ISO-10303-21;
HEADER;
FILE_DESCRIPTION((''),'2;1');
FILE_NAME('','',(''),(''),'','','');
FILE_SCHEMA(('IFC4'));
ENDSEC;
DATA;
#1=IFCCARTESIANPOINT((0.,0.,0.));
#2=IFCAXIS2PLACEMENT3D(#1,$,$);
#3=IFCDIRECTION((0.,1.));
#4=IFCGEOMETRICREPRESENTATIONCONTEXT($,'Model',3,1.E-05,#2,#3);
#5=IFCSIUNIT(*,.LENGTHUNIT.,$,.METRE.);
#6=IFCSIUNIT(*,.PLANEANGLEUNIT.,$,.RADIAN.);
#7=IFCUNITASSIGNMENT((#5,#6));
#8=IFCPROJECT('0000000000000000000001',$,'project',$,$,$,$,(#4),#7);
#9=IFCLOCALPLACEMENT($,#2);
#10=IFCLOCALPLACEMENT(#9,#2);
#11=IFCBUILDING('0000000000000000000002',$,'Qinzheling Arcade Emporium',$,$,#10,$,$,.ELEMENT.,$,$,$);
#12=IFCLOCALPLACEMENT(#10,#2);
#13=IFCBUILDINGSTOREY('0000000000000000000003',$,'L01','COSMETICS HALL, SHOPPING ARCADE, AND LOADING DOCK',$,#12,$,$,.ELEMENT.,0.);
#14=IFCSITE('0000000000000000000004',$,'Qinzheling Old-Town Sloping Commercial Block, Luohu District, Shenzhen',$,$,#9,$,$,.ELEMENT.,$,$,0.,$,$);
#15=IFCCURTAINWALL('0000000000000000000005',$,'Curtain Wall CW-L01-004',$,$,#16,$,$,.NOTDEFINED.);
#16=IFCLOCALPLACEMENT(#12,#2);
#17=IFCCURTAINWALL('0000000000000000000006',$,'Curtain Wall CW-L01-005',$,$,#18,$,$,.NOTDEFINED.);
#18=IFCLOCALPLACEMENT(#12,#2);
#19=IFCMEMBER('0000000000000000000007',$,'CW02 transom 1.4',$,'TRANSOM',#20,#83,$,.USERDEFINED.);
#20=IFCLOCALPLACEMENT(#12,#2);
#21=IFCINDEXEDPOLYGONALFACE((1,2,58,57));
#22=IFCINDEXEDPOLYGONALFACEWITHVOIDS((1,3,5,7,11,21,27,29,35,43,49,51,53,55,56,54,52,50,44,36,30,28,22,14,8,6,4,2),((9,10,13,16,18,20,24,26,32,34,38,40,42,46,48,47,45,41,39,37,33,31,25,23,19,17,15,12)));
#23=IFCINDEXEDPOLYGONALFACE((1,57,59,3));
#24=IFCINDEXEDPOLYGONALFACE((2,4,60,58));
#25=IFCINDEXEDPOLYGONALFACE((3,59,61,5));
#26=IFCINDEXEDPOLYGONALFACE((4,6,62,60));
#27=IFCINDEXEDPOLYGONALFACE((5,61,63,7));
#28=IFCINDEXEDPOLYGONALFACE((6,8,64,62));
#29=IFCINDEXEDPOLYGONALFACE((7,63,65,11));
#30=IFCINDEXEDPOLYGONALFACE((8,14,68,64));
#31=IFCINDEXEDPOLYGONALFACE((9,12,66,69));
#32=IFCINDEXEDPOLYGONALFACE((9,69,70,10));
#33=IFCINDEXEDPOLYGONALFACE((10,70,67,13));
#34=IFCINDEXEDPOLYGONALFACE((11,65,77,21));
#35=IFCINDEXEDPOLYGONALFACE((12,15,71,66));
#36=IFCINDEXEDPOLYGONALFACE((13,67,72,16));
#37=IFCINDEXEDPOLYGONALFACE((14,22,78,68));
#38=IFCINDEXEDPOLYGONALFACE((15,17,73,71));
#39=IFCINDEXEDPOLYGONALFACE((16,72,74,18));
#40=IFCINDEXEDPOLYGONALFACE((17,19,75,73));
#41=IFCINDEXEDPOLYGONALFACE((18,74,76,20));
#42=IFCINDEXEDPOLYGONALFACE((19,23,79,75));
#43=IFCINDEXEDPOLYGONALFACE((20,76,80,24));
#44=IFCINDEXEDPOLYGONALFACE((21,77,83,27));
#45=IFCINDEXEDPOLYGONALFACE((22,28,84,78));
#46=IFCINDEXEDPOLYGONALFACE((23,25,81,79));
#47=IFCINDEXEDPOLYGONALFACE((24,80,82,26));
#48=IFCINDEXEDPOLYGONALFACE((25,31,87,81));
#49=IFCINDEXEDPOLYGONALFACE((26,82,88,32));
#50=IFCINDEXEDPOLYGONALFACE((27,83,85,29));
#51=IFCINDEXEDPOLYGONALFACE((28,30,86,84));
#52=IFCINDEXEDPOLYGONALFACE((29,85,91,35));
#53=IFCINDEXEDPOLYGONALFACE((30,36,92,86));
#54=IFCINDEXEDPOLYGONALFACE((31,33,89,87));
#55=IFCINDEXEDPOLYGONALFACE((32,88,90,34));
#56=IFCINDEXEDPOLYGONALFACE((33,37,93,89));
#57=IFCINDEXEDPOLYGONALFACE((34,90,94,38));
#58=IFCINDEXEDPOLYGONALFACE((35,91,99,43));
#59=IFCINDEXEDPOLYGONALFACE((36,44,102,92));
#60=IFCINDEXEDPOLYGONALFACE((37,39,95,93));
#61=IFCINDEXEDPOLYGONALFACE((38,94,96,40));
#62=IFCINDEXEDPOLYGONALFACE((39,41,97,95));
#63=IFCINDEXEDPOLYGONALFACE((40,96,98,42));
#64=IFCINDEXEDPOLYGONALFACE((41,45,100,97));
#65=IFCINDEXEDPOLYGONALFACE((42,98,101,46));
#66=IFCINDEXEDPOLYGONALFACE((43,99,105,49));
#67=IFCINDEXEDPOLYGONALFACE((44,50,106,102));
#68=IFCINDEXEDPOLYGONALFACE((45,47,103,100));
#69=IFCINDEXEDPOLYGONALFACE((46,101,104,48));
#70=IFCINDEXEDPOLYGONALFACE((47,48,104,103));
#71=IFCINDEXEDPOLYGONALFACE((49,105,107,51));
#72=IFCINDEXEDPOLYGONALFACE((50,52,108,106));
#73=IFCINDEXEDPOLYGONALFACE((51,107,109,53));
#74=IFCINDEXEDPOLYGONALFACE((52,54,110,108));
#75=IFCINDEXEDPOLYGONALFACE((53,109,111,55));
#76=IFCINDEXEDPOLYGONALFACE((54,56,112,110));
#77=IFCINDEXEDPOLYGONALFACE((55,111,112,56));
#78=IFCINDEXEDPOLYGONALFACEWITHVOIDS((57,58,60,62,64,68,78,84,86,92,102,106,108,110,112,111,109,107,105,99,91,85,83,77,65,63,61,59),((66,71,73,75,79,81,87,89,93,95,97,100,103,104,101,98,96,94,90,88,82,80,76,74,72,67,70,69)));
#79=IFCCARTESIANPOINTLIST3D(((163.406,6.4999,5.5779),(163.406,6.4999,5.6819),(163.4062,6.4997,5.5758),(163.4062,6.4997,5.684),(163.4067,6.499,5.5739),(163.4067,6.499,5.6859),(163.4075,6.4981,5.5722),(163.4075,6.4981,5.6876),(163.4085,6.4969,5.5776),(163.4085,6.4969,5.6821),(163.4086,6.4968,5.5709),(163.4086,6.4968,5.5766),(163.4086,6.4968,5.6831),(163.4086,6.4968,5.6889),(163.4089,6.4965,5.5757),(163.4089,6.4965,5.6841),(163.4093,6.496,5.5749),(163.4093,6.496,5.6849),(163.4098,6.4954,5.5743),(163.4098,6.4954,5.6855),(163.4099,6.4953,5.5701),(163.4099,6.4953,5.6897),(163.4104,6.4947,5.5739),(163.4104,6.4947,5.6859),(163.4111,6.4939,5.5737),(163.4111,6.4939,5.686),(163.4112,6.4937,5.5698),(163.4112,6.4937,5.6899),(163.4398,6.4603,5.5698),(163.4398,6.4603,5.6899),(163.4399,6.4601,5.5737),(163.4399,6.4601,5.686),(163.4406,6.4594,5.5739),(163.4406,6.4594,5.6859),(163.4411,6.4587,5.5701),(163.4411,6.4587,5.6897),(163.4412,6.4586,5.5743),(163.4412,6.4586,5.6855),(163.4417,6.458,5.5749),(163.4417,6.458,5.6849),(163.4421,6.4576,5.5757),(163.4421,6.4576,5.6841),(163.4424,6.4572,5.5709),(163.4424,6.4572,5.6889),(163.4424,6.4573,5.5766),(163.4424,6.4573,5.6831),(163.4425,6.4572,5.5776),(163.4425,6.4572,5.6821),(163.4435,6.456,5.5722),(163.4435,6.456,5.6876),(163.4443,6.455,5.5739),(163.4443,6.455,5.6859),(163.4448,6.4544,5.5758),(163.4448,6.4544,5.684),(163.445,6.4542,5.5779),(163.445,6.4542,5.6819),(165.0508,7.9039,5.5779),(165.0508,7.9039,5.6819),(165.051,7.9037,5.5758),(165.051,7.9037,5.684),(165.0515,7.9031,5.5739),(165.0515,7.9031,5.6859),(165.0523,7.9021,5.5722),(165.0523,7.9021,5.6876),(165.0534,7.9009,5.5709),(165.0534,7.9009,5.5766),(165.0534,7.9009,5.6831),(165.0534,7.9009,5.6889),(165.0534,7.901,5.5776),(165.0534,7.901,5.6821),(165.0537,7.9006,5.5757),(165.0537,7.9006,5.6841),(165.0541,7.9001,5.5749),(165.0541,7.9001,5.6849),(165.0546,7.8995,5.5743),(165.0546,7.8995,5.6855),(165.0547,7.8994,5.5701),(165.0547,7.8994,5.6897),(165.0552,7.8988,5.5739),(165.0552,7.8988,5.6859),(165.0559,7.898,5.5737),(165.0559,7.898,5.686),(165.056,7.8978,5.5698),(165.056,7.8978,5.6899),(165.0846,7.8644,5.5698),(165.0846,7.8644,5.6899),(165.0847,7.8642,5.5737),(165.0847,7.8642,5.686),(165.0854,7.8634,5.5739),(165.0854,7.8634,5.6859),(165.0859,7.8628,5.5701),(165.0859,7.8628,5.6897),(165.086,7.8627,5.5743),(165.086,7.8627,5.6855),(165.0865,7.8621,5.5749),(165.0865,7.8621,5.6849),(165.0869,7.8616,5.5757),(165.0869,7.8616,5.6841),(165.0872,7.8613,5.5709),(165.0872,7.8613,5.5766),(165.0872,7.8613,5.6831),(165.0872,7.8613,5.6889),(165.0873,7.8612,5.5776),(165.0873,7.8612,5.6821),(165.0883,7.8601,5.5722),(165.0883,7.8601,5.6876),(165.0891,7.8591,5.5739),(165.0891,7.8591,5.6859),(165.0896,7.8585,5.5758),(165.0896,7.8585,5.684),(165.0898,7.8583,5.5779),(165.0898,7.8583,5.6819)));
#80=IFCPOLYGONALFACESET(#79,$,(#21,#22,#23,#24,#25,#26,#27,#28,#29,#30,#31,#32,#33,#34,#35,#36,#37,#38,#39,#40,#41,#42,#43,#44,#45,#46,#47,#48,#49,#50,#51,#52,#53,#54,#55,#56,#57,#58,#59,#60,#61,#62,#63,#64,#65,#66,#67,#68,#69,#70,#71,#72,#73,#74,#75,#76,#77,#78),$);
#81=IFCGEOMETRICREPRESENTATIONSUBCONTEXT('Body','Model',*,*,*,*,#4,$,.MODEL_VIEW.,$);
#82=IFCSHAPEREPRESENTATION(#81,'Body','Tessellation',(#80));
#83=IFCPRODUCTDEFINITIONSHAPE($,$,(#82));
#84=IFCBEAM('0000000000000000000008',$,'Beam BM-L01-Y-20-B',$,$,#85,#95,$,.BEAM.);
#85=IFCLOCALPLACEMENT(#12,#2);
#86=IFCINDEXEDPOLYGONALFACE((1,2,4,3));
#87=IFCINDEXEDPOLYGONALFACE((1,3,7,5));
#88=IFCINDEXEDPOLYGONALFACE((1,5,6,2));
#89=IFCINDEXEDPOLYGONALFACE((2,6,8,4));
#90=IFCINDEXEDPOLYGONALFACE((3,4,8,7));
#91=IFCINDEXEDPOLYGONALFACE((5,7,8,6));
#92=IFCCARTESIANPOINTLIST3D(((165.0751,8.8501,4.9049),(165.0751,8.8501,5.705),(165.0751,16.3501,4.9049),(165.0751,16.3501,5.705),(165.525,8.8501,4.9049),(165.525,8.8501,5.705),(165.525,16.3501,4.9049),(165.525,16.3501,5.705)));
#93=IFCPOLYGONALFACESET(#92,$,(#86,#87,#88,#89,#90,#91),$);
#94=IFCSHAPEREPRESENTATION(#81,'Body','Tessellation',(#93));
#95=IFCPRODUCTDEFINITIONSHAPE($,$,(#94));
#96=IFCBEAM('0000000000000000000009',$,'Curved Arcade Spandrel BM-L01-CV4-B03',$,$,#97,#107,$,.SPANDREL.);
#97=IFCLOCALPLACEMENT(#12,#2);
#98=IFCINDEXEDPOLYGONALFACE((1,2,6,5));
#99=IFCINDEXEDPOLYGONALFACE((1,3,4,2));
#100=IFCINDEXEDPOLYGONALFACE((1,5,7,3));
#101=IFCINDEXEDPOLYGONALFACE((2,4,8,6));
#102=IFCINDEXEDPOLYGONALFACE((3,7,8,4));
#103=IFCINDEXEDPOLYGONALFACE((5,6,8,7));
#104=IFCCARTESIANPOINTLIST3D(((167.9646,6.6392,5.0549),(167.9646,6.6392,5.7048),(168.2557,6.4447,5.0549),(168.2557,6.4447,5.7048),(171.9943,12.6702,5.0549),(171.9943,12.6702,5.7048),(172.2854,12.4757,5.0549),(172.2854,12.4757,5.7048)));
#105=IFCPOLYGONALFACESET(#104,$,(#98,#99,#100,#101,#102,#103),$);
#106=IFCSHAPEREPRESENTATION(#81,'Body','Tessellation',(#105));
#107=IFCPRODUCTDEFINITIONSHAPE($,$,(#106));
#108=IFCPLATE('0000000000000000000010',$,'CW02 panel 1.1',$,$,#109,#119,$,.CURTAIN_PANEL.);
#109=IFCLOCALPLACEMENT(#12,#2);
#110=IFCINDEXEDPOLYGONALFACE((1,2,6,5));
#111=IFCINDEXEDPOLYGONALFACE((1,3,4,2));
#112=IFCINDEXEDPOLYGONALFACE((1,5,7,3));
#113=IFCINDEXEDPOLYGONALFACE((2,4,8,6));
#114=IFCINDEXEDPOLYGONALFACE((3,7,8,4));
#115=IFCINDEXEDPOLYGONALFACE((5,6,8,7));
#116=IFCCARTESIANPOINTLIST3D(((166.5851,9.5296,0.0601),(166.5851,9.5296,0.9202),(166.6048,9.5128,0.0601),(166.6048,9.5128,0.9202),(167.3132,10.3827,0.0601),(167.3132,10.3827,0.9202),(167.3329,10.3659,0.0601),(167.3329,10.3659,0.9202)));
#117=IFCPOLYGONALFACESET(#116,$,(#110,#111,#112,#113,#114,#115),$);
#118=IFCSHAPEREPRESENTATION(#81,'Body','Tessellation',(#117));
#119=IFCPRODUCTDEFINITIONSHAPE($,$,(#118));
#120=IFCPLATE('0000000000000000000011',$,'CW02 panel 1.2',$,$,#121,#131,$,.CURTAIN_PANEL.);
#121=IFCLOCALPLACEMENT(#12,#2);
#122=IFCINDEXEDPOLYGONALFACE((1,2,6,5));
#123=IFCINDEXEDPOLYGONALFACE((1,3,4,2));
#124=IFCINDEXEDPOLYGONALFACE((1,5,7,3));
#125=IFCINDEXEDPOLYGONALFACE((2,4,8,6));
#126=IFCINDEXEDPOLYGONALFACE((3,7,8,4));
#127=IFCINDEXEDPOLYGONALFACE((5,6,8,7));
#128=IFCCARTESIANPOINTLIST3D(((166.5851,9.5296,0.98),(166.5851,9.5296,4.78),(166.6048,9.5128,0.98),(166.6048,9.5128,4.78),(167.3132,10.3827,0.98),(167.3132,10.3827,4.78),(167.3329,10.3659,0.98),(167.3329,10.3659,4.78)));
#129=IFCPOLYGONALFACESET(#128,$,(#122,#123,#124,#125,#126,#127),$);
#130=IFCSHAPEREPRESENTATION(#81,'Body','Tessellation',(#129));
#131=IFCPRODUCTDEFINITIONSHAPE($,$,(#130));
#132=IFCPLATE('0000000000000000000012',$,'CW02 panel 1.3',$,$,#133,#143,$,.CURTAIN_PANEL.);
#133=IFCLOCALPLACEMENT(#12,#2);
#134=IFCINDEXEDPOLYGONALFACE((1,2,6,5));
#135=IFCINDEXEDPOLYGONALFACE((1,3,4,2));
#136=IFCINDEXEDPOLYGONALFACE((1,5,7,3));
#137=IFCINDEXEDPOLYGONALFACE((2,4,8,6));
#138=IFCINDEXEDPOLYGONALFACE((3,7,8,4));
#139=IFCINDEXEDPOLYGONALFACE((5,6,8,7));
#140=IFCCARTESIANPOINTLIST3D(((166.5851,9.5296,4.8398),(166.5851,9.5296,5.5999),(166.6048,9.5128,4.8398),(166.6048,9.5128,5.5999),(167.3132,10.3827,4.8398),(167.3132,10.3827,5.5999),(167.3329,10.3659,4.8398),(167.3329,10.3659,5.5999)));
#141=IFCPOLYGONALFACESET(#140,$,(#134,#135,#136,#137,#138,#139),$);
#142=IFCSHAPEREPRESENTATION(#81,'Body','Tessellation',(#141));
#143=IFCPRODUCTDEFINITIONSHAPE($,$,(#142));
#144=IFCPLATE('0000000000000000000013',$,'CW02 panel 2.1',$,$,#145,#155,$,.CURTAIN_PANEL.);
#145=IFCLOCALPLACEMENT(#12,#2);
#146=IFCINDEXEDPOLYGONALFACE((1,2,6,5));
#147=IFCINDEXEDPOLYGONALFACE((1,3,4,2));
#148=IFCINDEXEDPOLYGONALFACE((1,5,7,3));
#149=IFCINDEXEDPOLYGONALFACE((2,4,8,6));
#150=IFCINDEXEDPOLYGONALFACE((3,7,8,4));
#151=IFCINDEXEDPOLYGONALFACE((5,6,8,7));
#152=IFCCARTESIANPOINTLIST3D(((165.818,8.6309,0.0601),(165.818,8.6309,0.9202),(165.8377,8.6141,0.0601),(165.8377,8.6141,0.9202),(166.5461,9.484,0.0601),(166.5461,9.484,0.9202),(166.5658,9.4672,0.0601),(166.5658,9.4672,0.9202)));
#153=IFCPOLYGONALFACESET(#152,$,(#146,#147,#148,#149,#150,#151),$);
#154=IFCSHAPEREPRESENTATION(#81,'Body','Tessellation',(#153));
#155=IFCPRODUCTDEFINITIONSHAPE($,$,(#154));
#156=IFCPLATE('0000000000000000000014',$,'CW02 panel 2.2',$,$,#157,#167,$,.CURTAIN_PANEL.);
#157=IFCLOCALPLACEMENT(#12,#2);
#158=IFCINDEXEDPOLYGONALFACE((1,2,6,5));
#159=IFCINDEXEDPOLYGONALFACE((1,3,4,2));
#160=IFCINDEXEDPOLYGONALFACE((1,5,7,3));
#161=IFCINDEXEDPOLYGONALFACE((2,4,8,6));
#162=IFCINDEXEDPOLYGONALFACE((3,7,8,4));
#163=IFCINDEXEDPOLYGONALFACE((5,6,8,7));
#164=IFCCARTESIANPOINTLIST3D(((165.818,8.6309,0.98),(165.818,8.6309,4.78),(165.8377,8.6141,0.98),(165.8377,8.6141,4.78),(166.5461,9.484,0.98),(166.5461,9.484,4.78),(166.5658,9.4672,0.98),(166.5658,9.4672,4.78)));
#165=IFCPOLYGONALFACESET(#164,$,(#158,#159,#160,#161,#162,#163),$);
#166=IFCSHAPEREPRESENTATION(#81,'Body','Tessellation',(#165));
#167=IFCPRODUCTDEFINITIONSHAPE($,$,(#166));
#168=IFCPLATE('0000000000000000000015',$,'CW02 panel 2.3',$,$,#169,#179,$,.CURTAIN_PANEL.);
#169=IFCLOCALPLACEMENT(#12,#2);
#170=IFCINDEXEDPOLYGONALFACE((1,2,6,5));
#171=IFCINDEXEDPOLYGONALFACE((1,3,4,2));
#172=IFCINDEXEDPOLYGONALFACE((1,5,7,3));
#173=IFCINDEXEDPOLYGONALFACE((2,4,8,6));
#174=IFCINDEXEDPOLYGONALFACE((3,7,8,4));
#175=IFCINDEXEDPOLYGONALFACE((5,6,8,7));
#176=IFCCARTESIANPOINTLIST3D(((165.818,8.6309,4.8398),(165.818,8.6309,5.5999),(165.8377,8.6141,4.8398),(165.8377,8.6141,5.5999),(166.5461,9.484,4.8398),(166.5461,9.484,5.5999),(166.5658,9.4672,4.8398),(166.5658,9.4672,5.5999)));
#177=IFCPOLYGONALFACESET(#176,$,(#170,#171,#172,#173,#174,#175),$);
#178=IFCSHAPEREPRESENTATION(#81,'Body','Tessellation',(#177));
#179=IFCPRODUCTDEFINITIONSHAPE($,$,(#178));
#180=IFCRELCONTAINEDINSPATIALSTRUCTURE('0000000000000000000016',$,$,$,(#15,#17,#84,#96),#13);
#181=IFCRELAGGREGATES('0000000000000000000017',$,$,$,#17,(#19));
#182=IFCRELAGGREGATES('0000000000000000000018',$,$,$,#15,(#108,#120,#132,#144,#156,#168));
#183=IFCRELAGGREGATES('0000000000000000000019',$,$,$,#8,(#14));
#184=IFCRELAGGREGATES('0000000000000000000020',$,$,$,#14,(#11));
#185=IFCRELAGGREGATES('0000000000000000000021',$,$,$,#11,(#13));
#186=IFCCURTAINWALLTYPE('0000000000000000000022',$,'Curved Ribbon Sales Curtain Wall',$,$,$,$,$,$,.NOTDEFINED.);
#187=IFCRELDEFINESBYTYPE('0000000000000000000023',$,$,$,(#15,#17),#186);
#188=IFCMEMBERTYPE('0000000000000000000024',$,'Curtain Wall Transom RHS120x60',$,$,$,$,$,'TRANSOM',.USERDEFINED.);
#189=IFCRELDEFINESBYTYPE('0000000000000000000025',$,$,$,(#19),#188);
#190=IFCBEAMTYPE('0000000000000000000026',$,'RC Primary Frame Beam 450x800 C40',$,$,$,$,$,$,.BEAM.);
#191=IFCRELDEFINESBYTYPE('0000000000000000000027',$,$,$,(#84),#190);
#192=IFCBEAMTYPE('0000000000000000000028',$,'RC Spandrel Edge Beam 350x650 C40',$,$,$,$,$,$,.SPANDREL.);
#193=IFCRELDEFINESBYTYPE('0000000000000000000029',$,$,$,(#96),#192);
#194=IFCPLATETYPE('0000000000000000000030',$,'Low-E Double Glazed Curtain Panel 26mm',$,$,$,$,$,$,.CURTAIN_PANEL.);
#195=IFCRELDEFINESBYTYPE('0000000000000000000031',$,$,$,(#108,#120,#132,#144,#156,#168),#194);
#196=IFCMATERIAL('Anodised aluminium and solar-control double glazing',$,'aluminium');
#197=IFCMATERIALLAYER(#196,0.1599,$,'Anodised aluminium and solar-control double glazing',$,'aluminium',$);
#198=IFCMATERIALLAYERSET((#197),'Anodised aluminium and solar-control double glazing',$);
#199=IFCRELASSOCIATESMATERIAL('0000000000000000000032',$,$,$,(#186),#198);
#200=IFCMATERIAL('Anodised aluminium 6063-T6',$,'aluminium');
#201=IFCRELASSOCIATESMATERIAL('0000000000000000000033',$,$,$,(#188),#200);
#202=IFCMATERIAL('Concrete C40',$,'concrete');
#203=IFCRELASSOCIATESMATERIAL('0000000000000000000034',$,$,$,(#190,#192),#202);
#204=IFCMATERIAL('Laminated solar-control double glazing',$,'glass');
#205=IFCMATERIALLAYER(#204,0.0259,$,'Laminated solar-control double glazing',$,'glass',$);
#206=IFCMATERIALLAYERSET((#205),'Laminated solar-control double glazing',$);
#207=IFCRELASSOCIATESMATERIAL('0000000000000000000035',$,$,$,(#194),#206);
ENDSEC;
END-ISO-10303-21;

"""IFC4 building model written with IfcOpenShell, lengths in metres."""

from ifc_helpers import new_model, si_unit, direction, frame, origin, origin_2d, place, context, subcontext, project, spatial, rectangle, hollow_rectangle, extrude, material, layer, layer_set, material_profile, profile_set, type_object, element, aggregate, save


model = new_model("IFC4")

# Units and contexts
model_context = context("Model", 3, precision=1e-05, world=origin(), true_north=direction((0.0, 1.0)))
body_context = subcontext(model_context, "Body", "Model", "MODEL_VIEW")
ifc_project = project(units=[si_unit("LENGTHUNIT", "METRE"), si_unit("PLANEANGLEUNIT", "RADIAN")], contexts=[model_context])

# Site, building, storey
site_placement = place(None, origin())
site = spatial("IfcSite", under=ifc_project, at=site_placement, Name="Qinzheling Old-Town Sloping Commercial Block, Luohu District, Shenzhen", CompositionType="ELEMENT", RefElevation=0.0)
building_placement = place(site_placement, origin())
building = spatial("IfcBuilding", under=site, at=building_placement, Name="Qinzheling Arcade Emporium", CompositionType="ELEMENT")
storey_placement = place(building_placement, origin())
storey = spatial("IfcBuildingStorey", under=building, at=storey_placement, Name="L01", Description="COSMETICS HALL, SHOPPING ARCADE, AND LOADING DOCK", CompositionType="ELEMENT", Elevation=0.0)

# Shared definitions
ifc_material_1 = material(Name="Anodised aluminium and solar-control double glazing", Category="aluminium")
ifc_layer_1 = layer(ifc_material_1, 0.1599, Name="Anodised aluminium and solar-control double glazing", Category="aluminium")
ifc_layer_set_1 = layer_set([ifc_layer_1], Name="Anodised aluminium and solar-control double glazing")
curtain_wall_type = type_object("IfcCurtainWallType", Name="Curved Ribbon Sales Curtain Wall", PredefinedType="NOTDEFINED", material=ifc_layer_set_1)
ifc_material_2 = material(Name="Anodised aluminium 6063-T6", Category="aluminium")

# Curtain wall
curtain_wall_1_placement = place(storey_placement, origin())
curtain_wall_1 = element("IfcCurtainWall", 1, at=curtain_wall_1_placement, inside=storey, type_object=curtain_wall_type, Name="Curtain Wall CW-L01-004", PredefinedType="NOTDEFINED")

# Curtain wall
curtain_wall_2_placement = place(storey_placement, origin())
curtain_wall_2 = element("IfcCurtainWall", 2, at=curtain_wall_2_placement, inside=storey, type_object=curtain_wall_type, Name="Curtain Wall CW-L01-005", PredefinedType="NOTDEFINED")

# Member
ifc_material_profile_1 = material_profile(ifc_material_2, hollow_rectangle(XDim=0.0601, YDim=0.1201, WallThickness=0.0039, InnerFilletRadius=0.0039, OuterFilletRadius=0.0081, at=origin_2d()), Name="RHS 120x60x4", Category="aluminium")
ifc_profile_set_1 = profile_set([ifc_material_profile_1], Name="Anodised aluminium 6063-T6")
member_type_1 = type_object("IfcMemberType", Name="Curtain Wall Transom RHS120x60", ElementType="TRANSOM", PredefinedType="USERDEFINED", material=ifc_profile_set_1)
member_1_placement = place(storey_placement, frame((165.0703, 7.8811, 5.6299), z_axis=(-0.76057, -0.649256, 0.0), x_axis=(0.649256, -0.76057, 0.0)))
member_1 = element("IfcMember", 3, at=member_1_placement, type_object=member_type_1, Name="CW02 transom 1.4", ObjectType="TRANSOM", PredefinedType="USERDEFINED", context=body_context, shape_type="SweptSolid", body=[
    extrude(hollow_rectangle(XDim=0.0601, YDim=0.1201, WallThickness=0.0039, InnerFilletRadius=0.0039, OuterFilletRadius=0.0081, at=origin_2d()), origin(), (0.0, 0.0, 1.0), 2.1626),
])
aggregate(curtain_wall_2, [member_1])

# Beams
ifc_material_3 = material(Name="Concrete C40", Category="concrete")
ifc_material_profile_2 = material_profile(ifc_material_3, rectangle(XDim=0.45, YDim=0.8, at=origin_2d()), Name="RC 450x800", Category="concrete")
ifc_profile_set_2 = profile_set([ifc_material_profile_2], Name="Concrete C40")
beam_type_1 = type_object("IfcBeamType", Name="RC Primary Frame Beam 450x800 C40", PredefinedType="BEAM", material=ifc_profile_set_2)
beam_1_placement = place(storey_placement, frame((165.3, 8.8501, 5.3049), z_axis=(0.0, 1.0, 0.0), x_axis=(-1.0, 0.0, 0.0)))
element("IfcBeam", 4, at=beam_1_placement, inside=storey, type_object=beam_type_1, Name="Beam BM-L01-Y-20-B", PredefinedType="BEAM", context=body_context, shape_type="SweptSolid", body=[
    extrude(rectangle(XDim=0.45, YDim=0.8, at=origin_2d()), origin(), (0.0, 0.0, 1.0), 7.5),
])
ifc_material_profile_3 = material_profile(ifc_material_3, rectangle(XDim=0.3501, YDim=0.6499, at=origin_2d()), Name="RC 350x650", Category="concrete")
ifc_profile_set_3 = profile_set([ifc_material_profile_3], Name="Concrete C40")
beam_type_2 = type_object("IfcBeamType", Name="RC Spandrel Edge Beam 350x650 C40", PredefinedType="SPANDREL", material=ifc_profile_set_3)
beam_2_placement = place(storey_placement, frame((168.1101, 6.542, 5.3799), z_axis=(0.55557, 0.83147, 0.0), x_axis=(-0.83147, 0.55557, 0.0)))
element("IfcBeam", 5, at=beam_2_placement, inside=storey, type_object=beam_type_2, Name="Curved Arcade Spandrel BM-L01-CV4-B03", PredefinedType="SPANDREL", context=body_context, shape_type="SweptSolid", body=[
    extrude(rectangle(XDim=0.3501, YDim=0.6499, at=origin_2d()), origin(), (0.0, 0.0, 1.0), 7.2534),
])

# Plates
ifc_material_4 = material(Name="Laminated solar-control double glazing", Category="glass")
ifc_layer_2 = layer(ifc_material_4, 0.0259, Name="Laminated solar-control double glazing", Category="glass")
ifc_layer_set_2 = layer_set([ifc_layer_2], Name="Laminated solar-control double glazing")
plate_type = type_object("IfcPlateType", Name="Low-E Double Glazed Curtain Panel 26mm", PredefinedType="CURTAIN_PANEL", material=ifc_layer_set_2)
plate_1_placement = place(storey_placement, frame((166.959, 9.9478, 0.0601), z_axis=(0.0, 0.0, 1.0), x_axis=(-0.649193, -0.760624, 0.0)))
plate_1 = element("IfcPlate", 6, at=plate_1_placement, type_object=plate_type, Name="CW02 panel 1.1", PredefinedType="CURTAIN_PANEL", context=body_context, shape_type="SweptSolid", body=[
    extrude(rectangle(XDim=1.1216, YDim=0.0259, at=origin_2d()), origin(), (0.0, 0.0, 1.0), 0.8601),
])
plate_2_placement = place(storey_placement, frame((166.959, 9.9478, 0.98), z_axis=(0.0, 0.0, 1.0), x_axis=(-0.649193, -0.760624, 0.0)))
plate_2 = element("IfcPlate", 7, at=plate_2_placement, type_object=plate_type, Name="CW02 panel 1.2", PredefinedType="CURTAIN_PANEL", context=body_context, shape_type="SweptSolid", body=[
    extrude(rectangle(XDim=1.1216, YDim=0.0259, at=origin_2d()), origin(), (0.0, 0.0, 1.0), 3.8),
])
plate_3_placement = place(storey_placement, frame((166.959, 9.9478, 4.8398), z_axis=(0.0, 0.0, 1.0), x_axis=(-0.649193, -0.760624, 0.0)))
plate_3 = element("IfcPlate", 8, at=plate_3_placement, type_object=plate_type, Name="CW02 panel 1.3", PredefinedType="CURTAIN_PANEL", context=body_context, shape_type="SweptSolid", body=[
    extrude(rectangle(XDim=1.1216, YDim=0.0259, at=origin_2d()), origin(), (0.0, 0.0, 1.0), 0.76),
])
plate_4_placement = place(storey_placement, frame((166.1919, 9.0491, 0.0601), z_axis=(0.0, 0.0, 1.0), x_axis=(-0.649193, -0.760624, 0.0)))
plate_4 = element("IfcPlate", 9, at=plate_4_placement, type_object=plate_type, Name="CW02 panel 2.1", PredefinedType="CURTAIN_PANEL", context=body_context, shape_type="SweptSolid", body=[
    extrude(rectangle(XDim=1.1216, YDim=0.0259, at=origin_2d()), origin(), (0.0, 0.0, 1.0), 0.8601),
])
plate_5_placement = place(storey_placement, frame((166.1919, 9.0491, 0.98), z_axis=(0.0, 0.0, 1.0), x_axis=(-0.649193, -0.760624, 0.0)))
plate_5 = element("IfcPlate", 10, at=plate_5_placement, type_object=plate_type, Name="CW02 panel 2.2", PredefinedType="CURTAIN_PANEL", context=body_context, shape_type="SweptSolid", body=[
    extrude(rectangle(XDim=1.1216, YDim=0.0259, at=origin_2d()), origin(), (0.0, 0.0, 1.0), 3.8),
])
plate_6_placement = place(storey_placement, frame((166.1919, 9.0491, 4.8398), z_axis=(0.0, 0.0, 1.0), x_axis=(-0.649193, -0.760624, 0.0)))
plate_6 = element("IfcPlate", 11, at=plate_6_placement, type_object=plate_type, Name="CW02 panel 2.3", PredefinedType="CURTAIN_PANEL", context=body_context, shape_type="SweptSolid", body=[
    extrude(rectangle(XDim=1.1216, YDim=0.0259, at=origin_2d()), origin(), (0.0, 0.0, 1.0), 0.76),
])
aggregate(curtain_wall_1, [plate_1, plate_2, plate_3, plate_4, plate_5, plate_6])

save(model, "model.ifc")
